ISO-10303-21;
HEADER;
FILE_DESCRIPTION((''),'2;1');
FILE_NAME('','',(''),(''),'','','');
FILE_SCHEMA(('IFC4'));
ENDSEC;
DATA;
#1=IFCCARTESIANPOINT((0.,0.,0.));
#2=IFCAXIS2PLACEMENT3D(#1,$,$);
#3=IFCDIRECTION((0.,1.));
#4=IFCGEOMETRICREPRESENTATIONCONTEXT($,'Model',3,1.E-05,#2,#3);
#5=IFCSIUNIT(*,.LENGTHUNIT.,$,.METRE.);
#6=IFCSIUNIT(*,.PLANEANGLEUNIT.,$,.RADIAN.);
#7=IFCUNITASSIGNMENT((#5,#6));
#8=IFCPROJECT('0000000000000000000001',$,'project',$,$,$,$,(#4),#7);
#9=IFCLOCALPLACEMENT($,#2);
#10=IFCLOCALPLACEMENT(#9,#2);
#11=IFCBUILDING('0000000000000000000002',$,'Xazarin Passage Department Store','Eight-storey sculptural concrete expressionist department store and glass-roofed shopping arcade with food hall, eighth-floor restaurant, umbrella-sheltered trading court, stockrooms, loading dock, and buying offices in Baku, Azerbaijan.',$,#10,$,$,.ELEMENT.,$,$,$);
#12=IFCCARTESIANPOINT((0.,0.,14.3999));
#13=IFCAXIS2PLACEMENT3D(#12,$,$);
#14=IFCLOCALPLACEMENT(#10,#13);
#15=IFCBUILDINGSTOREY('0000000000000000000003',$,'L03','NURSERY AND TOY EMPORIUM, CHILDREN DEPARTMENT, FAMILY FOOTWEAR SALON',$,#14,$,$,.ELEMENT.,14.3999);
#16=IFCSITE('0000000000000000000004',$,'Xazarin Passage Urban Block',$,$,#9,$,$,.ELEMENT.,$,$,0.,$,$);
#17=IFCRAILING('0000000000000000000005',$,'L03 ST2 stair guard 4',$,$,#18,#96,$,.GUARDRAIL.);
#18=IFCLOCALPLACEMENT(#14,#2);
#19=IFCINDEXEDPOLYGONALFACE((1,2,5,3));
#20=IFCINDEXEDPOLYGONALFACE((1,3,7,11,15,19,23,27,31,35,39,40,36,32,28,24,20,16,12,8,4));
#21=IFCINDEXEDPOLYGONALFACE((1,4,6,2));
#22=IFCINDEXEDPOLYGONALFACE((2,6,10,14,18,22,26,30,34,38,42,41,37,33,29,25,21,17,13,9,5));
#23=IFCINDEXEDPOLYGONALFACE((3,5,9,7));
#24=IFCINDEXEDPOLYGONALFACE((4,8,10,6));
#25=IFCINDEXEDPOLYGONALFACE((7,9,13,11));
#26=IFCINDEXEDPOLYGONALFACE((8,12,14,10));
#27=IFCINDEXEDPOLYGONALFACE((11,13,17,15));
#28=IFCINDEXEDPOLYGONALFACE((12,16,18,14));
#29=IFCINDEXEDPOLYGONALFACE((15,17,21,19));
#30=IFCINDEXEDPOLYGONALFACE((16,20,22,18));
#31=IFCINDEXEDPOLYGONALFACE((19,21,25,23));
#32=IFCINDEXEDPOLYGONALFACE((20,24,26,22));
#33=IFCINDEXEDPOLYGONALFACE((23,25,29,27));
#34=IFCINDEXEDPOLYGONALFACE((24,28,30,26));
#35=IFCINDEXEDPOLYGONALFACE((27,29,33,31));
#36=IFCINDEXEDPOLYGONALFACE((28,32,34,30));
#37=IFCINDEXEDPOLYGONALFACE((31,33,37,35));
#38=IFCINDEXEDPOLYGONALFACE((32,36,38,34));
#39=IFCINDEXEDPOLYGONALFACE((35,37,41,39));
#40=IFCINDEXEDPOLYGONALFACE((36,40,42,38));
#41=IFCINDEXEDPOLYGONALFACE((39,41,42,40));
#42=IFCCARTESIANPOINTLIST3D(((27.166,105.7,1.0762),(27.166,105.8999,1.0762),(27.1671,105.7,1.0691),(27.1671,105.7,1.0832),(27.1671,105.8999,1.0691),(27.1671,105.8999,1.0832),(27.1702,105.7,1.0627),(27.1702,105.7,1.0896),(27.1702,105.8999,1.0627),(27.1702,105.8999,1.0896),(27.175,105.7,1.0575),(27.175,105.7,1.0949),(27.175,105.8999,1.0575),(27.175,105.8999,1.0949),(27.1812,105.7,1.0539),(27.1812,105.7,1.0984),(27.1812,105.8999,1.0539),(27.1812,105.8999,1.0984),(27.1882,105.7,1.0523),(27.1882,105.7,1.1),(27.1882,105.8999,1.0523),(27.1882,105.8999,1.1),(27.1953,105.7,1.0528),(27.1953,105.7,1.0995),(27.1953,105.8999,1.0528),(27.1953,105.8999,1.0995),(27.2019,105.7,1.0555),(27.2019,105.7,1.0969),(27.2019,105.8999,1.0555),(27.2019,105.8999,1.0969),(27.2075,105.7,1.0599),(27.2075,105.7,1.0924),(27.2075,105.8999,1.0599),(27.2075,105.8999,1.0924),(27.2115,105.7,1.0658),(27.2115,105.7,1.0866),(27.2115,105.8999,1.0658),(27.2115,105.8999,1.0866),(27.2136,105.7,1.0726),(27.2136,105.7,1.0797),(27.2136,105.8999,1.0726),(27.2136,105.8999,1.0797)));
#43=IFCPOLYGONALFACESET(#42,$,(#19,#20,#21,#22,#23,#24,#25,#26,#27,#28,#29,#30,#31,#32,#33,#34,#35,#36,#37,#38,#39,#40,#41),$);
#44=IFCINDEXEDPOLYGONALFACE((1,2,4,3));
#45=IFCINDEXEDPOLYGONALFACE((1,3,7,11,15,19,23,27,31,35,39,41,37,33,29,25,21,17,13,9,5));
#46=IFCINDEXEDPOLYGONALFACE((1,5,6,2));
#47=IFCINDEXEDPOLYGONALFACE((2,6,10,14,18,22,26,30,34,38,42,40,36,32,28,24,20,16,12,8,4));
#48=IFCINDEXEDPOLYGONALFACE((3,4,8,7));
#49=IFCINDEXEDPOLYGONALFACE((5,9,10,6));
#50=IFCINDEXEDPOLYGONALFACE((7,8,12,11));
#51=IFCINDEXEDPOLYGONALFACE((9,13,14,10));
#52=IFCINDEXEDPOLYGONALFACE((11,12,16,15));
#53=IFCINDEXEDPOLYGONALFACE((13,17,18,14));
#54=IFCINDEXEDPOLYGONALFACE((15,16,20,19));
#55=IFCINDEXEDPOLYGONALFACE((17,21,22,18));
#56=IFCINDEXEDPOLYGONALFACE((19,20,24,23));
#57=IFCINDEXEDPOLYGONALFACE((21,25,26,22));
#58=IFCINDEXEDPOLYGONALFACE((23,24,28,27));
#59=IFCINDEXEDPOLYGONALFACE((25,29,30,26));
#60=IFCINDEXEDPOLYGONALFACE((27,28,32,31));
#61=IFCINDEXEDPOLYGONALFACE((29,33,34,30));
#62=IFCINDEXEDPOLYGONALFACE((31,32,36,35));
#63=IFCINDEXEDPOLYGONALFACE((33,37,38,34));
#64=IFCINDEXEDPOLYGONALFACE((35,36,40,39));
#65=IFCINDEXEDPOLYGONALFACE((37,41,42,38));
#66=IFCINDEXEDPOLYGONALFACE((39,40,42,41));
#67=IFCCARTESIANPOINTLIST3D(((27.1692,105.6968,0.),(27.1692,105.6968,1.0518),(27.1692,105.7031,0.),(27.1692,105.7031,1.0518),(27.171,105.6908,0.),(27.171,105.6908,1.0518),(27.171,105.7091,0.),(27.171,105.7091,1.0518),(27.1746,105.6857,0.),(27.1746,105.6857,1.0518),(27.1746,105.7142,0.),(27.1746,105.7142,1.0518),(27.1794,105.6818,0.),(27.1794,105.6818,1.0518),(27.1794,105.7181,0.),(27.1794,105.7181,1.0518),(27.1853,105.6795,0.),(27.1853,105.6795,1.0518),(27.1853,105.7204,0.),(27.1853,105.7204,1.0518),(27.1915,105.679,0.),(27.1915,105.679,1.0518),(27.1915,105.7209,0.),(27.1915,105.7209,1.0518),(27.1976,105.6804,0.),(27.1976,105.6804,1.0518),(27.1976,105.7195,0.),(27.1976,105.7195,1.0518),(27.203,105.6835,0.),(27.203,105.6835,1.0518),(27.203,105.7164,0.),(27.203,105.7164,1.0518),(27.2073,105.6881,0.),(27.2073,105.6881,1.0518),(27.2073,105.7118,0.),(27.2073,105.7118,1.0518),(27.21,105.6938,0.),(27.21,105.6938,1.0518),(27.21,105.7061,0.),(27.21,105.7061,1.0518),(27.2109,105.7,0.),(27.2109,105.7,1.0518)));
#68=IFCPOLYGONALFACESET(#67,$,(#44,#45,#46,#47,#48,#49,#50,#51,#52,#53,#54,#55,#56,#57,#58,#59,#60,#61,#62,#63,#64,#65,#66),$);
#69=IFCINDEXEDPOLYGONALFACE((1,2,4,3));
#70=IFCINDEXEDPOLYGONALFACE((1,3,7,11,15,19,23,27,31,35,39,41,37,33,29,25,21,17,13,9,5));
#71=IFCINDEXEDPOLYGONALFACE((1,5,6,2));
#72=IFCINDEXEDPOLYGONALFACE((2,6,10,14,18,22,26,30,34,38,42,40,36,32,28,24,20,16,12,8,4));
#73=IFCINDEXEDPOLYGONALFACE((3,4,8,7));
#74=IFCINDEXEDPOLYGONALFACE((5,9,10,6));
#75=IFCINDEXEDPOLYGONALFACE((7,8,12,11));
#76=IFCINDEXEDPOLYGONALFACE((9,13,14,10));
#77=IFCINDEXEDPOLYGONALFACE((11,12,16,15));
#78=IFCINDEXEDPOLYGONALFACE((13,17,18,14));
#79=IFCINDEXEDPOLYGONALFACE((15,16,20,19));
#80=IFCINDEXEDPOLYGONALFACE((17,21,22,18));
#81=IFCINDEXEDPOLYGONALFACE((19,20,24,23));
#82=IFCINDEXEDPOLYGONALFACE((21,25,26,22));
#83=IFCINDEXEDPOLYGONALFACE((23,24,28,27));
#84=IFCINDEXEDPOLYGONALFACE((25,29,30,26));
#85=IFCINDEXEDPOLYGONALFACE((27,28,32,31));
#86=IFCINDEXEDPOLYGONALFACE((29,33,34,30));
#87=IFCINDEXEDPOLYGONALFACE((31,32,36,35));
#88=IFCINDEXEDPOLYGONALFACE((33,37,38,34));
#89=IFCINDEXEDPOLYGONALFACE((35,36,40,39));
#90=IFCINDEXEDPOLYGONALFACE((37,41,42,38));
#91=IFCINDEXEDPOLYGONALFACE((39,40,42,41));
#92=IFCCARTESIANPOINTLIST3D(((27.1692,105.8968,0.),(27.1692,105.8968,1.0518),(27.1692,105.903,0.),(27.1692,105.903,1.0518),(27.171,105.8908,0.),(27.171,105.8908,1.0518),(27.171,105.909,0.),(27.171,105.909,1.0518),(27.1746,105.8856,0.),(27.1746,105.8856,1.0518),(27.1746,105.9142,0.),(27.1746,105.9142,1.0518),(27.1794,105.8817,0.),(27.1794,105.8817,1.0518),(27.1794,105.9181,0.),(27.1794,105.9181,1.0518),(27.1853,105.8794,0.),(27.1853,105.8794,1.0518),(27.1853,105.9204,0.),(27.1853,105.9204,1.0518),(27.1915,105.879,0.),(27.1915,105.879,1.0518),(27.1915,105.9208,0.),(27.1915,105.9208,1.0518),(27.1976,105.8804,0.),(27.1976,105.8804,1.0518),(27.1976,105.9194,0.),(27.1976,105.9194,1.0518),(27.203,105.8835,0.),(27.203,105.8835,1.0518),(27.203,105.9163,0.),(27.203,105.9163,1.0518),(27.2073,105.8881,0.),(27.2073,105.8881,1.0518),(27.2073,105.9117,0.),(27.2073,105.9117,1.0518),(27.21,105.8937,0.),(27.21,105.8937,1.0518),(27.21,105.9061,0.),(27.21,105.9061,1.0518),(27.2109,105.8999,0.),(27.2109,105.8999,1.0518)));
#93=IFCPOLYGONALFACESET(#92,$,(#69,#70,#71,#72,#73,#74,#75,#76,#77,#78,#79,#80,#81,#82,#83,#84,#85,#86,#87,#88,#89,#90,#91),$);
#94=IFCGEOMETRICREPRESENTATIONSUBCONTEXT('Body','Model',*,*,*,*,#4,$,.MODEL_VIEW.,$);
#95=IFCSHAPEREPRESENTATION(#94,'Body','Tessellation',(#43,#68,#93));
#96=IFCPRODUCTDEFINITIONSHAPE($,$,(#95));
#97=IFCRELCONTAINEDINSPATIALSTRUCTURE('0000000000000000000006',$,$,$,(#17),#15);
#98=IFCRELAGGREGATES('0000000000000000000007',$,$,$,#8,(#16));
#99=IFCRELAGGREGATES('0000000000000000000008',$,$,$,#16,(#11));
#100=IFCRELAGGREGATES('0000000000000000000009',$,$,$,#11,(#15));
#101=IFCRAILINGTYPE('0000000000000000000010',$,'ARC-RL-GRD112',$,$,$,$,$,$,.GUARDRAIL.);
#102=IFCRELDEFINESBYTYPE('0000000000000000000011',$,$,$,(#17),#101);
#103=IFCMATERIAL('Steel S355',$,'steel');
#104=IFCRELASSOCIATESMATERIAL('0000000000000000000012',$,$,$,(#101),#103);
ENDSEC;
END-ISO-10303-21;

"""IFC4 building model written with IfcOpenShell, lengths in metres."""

from ifc_helpers import new_model, si_unit, direction, frame, origin, origin_2d, place, context, subcontext, project, spatial, circle, extrude, material, type_object, element, save


model = new_model("IFC4")

# Units and contexts
model_context = context("Model", 3, precision=1e-05, world=origin(), true_north=direction((0.0, 1.0)))
body_context = subcontext(model_context, "Body", "Model", "MODEL_VIEW")
ifc_project = project(units=[si_unit("LENGTHUNIT", "METRE"), si_unit("PLANEANGLEUNIT", "RADIAN")], contexts=[model_context])

# Site, building, storey
site_placement = place(None, origin())
site = spatial("IfcSite", under=ifc_project, at=site_placement, Name="Xazarin Passage Urban Block", CompositionType="ELEMENT", RefElevation=0.0)
building_placement = place(site_placement, origin())
building = spatial("IfcBuilding", under=site, at=building_placement, Name="Xazarin Passage Department Store", Description="Eight-storey sculptural concrete expressionist department store and glass-roofed shopping arcade with food hall, eighth-floor restaurant, umbrella-sheltered trading court, stockrooms, loading dock, and buying offices in Baku, Azerbaijan.", CompositionType="ELEMENT")
storey_placement = place(building_placement, frame((0.0, 0.0, 14.3999)))
storey = spatial("IfcBuildingStorey", under=building, at=storey_placement, Name="L03", Description="NURSERY AND TOY EMPORIUM, CHILDREN DEPARTMENT, FAMILY FOOTWEAR SALON", CompositionType="ELEMENT", Elevation=14.3999)

# Shared definitions
ifc_material_1 = material(Name="Steel S355", Category="steel")

# Railing
railing_type_1 = type_object("IfcRailingType", Name="ARC-RL-GRD112", PredefinedType="GUARDRAIL", material=ifc_material_1)
railing_1_placement = place(storey_placement, frame((27.1899, 105.7, 0.0)))
element("IfcRailing", 1, at=railing_1_placement, inside=storey, type_object=railing_type_1, Name="L03 ST2 stair guard 4", PredefinedType="GUARDRAIL", context=body_context, shape_type="SweptSolid", body=[
    extrude(circle(Radius=0.0239, at=origin_2d()), frame((0.0, 0.0, 1.0762), z_axis=(0.0, 1.0, 0.0), x_axis=(-1.0, 0.0, 0.0)), (0.0, 0.0, 1.0), 0.2),
    extrude(circle(Radius=0.021, at=origin_2d()), origin(), (0.0, 0.0, 1.0), 1.0518),
    extrude(circle(Radius=0.021, at=origin_2d()), frame((0.0, 0.2, 0.0)), (0.0, 0.0, 1.0), 1.0518),
])

save(model, "model.ifc")
